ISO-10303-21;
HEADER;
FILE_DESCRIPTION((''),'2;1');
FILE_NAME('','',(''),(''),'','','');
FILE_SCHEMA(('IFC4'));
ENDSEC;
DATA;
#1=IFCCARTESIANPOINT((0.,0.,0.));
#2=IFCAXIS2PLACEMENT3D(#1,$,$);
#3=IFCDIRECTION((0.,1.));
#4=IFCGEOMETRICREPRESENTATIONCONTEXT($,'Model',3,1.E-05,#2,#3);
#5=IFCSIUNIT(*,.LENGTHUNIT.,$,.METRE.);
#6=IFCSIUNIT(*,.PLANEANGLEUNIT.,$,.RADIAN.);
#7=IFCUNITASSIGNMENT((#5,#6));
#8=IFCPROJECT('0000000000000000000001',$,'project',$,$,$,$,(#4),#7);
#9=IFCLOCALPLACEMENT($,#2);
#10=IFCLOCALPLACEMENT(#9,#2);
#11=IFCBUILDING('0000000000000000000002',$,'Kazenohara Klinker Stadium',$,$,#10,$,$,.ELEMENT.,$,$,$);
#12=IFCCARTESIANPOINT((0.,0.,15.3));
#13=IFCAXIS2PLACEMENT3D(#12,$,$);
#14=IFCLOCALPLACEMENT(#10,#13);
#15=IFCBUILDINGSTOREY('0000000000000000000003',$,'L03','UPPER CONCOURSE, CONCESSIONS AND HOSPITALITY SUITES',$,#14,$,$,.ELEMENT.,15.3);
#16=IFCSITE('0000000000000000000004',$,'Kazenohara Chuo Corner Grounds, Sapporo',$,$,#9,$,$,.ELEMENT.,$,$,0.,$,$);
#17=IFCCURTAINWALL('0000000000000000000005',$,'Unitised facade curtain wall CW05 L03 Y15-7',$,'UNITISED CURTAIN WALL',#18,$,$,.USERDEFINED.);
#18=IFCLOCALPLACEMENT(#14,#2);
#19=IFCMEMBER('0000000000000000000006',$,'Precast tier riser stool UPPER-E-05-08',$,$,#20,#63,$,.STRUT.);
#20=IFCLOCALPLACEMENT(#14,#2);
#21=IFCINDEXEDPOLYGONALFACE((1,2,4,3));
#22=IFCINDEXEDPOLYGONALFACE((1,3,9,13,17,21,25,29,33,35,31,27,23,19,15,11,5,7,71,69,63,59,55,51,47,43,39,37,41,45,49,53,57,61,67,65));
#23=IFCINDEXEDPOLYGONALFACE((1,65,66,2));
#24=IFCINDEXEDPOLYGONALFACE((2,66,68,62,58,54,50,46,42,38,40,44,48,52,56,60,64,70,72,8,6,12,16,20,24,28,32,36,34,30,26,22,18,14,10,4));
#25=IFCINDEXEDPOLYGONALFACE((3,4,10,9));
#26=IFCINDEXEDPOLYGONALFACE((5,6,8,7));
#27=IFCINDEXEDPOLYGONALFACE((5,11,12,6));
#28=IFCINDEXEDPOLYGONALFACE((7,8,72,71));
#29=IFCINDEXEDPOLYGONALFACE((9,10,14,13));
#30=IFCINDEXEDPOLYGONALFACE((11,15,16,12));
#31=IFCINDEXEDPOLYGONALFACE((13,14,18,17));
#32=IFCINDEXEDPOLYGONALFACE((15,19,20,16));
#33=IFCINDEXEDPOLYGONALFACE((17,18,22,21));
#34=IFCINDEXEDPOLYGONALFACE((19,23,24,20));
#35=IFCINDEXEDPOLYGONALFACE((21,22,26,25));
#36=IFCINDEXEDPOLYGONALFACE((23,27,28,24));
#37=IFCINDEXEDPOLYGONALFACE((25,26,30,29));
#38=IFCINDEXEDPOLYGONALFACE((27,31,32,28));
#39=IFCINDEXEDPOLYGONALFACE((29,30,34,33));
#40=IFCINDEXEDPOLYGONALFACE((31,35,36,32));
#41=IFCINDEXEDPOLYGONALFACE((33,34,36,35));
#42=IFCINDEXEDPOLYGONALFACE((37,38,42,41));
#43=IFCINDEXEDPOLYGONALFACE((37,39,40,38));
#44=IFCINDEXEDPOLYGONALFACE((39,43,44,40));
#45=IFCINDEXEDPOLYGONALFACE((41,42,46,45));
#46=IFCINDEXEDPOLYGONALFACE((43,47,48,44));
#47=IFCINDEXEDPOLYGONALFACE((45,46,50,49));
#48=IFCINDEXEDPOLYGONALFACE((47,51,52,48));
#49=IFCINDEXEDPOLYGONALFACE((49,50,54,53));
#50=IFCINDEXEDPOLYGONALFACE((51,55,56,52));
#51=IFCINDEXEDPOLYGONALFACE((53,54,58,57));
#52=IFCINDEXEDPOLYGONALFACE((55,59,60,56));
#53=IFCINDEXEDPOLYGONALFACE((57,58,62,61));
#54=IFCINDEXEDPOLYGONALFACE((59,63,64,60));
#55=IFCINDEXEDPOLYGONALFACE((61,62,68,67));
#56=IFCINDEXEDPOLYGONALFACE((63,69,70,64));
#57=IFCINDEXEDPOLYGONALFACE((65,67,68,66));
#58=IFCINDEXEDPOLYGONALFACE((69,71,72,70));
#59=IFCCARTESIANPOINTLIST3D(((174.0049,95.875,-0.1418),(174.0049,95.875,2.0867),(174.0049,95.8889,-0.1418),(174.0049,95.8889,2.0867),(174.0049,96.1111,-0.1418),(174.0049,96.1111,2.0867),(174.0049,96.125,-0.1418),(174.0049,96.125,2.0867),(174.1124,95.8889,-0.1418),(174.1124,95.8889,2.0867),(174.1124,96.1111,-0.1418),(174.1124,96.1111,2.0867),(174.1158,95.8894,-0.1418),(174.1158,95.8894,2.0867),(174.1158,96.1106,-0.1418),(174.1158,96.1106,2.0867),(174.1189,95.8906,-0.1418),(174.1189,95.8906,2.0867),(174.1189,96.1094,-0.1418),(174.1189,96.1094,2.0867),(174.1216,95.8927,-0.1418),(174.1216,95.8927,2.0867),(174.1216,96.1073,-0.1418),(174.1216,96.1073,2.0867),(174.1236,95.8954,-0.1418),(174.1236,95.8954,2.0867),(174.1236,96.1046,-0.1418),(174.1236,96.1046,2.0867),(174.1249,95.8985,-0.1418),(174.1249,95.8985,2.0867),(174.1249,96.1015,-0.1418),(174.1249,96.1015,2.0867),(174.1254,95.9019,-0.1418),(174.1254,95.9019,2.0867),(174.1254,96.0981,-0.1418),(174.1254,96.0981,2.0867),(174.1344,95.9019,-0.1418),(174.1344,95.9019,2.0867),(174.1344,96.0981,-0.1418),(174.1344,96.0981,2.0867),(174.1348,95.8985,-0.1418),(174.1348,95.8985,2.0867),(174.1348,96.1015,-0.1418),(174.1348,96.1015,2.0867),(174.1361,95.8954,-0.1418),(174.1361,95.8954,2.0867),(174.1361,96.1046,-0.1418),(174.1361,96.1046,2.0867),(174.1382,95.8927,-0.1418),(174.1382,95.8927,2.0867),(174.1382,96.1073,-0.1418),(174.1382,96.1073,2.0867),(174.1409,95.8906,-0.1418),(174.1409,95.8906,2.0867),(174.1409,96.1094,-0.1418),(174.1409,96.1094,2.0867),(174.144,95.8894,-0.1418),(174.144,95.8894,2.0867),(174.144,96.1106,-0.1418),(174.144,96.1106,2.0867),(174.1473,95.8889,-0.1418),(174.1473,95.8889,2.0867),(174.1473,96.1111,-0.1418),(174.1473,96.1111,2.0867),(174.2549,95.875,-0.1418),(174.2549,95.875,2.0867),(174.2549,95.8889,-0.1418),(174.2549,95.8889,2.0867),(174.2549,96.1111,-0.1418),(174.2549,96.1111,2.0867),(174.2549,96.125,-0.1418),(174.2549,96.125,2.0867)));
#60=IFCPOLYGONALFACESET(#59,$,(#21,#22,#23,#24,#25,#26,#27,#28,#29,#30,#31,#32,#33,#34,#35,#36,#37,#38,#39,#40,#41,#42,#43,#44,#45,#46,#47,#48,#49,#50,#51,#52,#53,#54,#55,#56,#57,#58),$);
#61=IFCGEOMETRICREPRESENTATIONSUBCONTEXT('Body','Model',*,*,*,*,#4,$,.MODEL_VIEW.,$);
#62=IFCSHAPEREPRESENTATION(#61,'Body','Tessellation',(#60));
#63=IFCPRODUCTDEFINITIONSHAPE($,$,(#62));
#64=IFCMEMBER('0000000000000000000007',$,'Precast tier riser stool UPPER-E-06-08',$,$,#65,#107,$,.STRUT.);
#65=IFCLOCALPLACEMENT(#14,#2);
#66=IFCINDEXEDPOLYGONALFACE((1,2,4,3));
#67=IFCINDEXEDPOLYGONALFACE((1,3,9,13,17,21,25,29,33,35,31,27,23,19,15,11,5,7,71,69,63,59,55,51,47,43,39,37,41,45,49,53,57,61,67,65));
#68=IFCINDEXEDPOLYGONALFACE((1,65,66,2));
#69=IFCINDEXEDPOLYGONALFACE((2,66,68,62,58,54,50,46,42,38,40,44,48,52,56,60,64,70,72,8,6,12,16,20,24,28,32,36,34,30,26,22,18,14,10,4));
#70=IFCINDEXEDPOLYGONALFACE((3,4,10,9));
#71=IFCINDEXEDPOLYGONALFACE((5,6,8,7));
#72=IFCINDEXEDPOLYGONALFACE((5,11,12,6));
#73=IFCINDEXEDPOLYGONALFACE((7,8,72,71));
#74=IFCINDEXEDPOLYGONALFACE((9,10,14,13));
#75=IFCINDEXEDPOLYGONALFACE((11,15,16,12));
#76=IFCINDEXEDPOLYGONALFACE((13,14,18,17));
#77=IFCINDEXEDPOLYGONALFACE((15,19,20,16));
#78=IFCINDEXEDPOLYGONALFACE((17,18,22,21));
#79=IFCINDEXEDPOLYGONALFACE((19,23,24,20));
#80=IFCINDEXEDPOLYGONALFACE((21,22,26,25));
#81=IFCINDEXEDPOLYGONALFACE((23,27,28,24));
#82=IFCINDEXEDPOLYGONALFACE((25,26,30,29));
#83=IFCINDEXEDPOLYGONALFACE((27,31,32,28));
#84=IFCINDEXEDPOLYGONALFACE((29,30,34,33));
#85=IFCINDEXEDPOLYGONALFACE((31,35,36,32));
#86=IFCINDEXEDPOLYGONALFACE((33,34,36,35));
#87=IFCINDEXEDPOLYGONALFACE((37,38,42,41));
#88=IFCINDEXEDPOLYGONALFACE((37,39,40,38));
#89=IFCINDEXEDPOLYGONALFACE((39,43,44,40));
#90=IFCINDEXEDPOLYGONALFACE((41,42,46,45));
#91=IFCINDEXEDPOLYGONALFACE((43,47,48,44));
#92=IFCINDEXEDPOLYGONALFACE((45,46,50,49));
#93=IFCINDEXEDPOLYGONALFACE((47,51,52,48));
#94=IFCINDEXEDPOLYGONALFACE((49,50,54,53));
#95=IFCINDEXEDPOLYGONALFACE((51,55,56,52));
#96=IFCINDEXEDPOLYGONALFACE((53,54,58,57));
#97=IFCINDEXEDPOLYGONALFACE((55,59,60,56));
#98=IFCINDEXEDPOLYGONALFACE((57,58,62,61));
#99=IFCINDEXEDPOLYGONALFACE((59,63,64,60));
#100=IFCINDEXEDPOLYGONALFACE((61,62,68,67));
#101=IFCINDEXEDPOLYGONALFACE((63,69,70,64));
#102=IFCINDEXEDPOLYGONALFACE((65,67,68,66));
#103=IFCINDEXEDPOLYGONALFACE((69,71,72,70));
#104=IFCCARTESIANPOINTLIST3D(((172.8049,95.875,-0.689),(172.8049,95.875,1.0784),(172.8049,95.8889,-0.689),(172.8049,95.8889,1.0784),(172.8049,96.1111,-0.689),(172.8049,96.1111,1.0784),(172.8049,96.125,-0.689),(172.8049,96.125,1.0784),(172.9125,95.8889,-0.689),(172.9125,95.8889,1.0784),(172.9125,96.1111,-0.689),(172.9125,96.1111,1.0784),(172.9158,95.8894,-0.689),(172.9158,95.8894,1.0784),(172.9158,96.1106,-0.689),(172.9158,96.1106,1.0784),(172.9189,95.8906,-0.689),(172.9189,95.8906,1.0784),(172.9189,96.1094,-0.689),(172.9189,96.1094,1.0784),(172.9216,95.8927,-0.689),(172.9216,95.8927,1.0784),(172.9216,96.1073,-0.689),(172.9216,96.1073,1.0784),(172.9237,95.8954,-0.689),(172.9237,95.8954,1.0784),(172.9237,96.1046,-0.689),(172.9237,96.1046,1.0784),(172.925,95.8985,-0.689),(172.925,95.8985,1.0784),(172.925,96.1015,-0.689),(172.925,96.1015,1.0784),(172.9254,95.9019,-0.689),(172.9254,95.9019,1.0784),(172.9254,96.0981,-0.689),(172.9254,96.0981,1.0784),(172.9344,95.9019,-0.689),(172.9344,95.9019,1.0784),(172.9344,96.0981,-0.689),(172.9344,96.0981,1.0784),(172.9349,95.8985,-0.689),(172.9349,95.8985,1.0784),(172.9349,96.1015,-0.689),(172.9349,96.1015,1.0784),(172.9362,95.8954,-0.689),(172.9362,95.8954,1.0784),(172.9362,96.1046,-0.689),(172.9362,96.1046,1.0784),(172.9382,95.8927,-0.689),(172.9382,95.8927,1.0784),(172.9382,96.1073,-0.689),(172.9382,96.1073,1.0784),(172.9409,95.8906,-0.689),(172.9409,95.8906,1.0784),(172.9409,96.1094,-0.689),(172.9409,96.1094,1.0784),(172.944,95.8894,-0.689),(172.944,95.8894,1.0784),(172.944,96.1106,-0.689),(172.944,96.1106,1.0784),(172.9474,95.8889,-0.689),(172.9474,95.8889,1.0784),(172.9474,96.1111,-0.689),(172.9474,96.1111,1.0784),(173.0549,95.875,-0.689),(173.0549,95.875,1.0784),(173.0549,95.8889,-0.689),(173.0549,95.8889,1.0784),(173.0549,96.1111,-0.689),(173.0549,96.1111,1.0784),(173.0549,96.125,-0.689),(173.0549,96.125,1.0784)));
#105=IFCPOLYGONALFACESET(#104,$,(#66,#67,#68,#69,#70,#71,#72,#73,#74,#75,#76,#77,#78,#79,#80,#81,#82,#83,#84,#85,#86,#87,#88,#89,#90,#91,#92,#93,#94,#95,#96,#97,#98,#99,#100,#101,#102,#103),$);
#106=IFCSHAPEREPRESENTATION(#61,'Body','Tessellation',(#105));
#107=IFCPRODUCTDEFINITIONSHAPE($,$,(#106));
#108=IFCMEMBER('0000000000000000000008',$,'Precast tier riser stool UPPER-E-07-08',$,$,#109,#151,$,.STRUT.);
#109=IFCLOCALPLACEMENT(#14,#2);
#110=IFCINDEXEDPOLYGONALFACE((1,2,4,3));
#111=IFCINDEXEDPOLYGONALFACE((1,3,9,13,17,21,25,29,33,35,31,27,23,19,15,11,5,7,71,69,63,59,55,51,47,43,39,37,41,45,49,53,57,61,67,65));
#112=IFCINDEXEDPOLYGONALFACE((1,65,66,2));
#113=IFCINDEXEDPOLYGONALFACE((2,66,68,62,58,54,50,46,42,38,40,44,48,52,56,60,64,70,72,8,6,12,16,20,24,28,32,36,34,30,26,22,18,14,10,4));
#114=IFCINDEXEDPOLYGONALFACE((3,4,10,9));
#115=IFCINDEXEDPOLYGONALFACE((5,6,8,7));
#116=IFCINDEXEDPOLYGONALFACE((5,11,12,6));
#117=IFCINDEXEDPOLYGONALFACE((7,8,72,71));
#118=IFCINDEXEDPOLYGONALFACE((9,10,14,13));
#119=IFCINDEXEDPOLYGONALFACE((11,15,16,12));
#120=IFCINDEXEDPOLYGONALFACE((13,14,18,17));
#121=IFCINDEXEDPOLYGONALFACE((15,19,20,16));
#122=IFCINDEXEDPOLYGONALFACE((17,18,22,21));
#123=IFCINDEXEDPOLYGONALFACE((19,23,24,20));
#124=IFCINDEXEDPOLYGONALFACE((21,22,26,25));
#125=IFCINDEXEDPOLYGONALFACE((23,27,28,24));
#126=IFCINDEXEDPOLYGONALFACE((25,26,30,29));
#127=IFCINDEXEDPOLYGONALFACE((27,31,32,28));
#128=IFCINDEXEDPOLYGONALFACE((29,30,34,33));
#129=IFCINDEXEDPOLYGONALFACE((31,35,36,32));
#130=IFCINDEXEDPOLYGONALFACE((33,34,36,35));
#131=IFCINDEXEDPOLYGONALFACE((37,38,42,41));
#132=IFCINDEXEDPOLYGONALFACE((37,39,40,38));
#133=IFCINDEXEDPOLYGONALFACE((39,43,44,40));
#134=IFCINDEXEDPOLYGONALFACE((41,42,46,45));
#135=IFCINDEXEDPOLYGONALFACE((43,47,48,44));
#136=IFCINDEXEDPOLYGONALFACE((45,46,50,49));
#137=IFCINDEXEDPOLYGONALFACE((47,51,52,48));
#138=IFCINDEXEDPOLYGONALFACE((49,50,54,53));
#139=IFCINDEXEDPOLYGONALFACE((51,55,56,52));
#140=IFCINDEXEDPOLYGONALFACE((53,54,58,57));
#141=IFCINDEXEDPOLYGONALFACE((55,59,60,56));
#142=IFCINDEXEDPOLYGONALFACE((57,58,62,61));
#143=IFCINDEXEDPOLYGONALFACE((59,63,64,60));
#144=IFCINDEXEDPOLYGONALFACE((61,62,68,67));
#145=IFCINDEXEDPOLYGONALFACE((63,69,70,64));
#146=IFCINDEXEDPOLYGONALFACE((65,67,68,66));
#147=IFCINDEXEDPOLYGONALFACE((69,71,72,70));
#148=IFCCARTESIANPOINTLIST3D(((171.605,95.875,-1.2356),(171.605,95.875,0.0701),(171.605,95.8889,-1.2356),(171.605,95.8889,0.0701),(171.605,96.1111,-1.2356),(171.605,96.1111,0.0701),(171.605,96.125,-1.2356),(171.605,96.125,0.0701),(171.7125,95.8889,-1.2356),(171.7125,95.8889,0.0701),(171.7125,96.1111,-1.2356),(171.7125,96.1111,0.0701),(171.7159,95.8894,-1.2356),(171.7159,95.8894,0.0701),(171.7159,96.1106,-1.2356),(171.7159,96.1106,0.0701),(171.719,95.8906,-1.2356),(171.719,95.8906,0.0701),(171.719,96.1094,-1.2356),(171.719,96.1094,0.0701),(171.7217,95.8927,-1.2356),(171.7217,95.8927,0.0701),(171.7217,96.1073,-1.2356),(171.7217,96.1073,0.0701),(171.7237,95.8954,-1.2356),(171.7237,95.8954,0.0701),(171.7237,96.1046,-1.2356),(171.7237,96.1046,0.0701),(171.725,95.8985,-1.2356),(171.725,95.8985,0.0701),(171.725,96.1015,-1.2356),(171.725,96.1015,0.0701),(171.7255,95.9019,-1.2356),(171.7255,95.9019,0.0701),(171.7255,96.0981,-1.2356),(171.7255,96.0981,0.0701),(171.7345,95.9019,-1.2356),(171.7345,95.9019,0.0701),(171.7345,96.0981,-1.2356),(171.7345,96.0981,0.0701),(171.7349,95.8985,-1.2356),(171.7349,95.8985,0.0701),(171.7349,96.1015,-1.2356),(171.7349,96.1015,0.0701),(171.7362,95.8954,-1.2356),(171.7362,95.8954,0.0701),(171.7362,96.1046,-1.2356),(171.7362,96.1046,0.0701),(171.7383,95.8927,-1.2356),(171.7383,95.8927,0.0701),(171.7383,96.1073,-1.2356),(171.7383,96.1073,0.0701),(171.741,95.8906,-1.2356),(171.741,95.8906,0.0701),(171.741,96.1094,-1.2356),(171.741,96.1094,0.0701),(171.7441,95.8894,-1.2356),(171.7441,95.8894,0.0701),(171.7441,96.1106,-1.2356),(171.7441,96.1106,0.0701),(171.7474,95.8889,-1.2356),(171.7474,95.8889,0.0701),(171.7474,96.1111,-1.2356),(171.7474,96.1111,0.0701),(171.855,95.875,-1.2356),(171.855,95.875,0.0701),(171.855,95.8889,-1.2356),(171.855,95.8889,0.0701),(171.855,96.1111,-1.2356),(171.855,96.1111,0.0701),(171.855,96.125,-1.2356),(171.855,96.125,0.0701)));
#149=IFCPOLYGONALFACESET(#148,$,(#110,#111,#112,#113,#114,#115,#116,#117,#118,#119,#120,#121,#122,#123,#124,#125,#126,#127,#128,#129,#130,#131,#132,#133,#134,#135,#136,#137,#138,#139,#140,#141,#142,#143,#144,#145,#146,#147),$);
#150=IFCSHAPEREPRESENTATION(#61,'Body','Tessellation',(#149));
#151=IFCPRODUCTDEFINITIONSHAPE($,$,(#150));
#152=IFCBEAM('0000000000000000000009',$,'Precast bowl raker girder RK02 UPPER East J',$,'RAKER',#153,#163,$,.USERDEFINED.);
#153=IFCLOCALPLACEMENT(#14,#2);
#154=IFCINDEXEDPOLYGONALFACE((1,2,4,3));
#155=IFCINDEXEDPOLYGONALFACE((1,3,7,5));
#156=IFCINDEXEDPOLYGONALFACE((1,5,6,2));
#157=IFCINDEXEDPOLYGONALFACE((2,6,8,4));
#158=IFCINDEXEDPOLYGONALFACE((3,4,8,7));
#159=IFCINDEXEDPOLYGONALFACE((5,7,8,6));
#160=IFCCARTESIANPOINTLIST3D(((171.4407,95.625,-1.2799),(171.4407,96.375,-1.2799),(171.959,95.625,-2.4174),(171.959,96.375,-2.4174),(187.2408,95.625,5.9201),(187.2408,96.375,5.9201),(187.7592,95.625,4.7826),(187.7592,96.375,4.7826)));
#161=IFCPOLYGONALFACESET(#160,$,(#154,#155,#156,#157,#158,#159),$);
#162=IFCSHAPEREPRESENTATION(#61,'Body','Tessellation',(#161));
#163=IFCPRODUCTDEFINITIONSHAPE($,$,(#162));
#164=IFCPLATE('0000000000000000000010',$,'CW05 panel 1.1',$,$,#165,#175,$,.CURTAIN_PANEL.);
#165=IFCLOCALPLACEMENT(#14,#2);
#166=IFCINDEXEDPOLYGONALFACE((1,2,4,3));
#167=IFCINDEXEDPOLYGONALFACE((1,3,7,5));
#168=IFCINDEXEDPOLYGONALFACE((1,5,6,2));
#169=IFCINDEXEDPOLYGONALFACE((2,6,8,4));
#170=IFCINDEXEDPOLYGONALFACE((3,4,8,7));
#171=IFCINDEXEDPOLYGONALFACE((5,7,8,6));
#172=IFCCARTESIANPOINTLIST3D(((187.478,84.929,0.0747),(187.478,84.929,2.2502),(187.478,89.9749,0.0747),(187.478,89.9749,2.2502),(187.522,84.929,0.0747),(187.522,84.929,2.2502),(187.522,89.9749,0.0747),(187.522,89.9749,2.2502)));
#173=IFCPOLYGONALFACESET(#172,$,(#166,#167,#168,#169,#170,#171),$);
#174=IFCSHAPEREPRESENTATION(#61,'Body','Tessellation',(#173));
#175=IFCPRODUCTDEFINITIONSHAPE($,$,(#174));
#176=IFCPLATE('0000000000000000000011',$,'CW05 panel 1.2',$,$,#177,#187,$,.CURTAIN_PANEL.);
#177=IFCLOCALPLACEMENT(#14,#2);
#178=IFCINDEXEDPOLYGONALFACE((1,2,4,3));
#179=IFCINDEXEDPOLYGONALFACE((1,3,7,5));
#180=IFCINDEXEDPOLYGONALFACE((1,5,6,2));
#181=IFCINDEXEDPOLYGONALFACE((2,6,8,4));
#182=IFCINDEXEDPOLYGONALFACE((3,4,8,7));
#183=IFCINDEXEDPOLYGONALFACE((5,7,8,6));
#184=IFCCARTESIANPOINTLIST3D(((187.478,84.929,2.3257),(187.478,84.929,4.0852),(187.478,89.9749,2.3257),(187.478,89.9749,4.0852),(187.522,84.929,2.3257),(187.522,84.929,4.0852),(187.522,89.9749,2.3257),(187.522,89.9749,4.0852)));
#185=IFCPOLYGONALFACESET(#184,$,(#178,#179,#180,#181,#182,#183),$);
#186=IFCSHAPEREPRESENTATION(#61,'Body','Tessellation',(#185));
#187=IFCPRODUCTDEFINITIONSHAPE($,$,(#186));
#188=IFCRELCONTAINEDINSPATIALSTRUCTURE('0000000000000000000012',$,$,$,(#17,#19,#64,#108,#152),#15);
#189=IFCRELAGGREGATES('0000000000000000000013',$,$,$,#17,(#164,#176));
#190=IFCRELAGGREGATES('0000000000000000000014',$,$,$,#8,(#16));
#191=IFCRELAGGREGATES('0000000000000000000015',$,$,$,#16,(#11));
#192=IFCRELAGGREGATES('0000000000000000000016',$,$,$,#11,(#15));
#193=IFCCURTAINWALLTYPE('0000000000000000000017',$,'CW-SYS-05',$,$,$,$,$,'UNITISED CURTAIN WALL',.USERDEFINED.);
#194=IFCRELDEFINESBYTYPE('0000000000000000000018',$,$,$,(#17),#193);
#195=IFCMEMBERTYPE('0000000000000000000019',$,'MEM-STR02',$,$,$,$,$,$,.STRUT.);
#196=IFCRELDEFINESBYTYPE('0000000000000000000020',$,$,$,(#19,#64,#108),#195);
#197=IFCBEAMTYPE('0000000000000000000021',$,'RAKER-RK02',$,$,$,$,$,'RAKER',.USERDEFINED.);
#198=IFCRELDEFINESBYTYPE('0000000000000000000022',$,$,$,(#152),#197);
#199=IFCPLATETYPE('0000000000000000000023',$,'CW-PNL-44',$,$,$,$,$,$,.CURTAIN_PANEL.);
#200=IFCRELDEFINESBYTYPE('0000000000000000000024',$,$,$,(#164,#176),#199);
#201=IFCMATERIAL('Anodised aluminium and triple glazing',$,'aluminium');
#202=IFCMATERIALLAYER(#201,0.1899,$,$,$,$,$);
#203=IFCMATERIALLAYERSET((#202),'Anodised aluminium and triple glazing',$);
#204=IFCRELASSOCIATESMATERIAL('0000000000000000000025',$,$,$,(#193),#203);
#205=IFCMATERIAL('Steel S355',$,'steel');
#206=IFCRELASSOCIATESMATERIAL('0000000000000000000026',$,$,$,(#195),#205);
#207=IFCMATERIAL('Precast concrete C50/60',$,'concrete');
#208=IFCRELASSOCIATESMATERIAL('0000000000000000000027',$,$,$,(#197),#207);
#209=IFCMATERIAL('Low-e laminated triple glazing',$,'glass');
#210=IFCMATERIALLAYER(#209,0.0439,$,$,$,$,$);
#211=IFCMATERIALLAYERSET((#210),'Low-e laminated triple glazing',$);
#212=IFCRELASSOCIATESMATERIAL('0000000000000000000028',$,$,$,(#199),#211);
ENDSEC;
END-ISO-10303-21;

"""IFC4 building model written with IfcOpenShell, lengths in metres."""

from ifc_helpers import new_model, si_unit, direction, frame, origin, origin_2d, place, context, subcontext, project, spatial, rectangle, i_section, extrude, material, layer, layer_set, material_profile, profile_set, type_object, element, aggregate, save


model = new_model("IFC4")

# Units and contexts
model_context = context("Model", 3, precision=1e-05, world=origin(), true_north=direction((0.0, 1.0)))
body_context = subcontext(model_context, "Body", "Model", "MODEL_VIEW")
ifc_project = project(units=[si_unit("LENGTHUNIT", "METRE"), si_unit("PLANEANGLEUNIT", "RADIAN")], contexts=[model_context])

# Site, building, storey
site_placement = place(None, origin())
site = spatial("IfcSite", under=ifc_project, at=site_placement, Name="Kazenohara Chuo Corner Grounds, Sapporo", CompositionType="ELEMENT", RefElevation=0.0)
building_placement = place(site_placement, origin())
building = spatial("IfcBuilding", under=site, at=building_placement, Name="Kazenohara Klinker Stadium", CompositionType="ELEMENT")
storey_placement = place(building_placement, frame((0.0, 0.0, 15.3)))
storey = spatial("IfcBuildingStorey", under=building, at=storey_placement, Name="L03", Description="UPPER CONCOURSE, CONCESSIONS AND HOSPITALITY SUITES", CompositionType="ELEMENT", Elevation=15.3)

# Shared definitions
ifc_material_1 = material(Name="Steel S355", Category="steel")

# Curtain wall
ifc_material_2 = material(Name="Anodised aluminium and triple glazing", Category="aluminium")
ifc_layer_1 = layer(ifc_material_2, 0.1899)
ifc_layer_set_1 = layer_set([ifc_layer_1], Name="Anodised aluminium and triple glazing")
curtain_wall_type = type_object("IfcCurtainWallType", Name="CW-SYS-05", ElementType="UNITISED CURTAIN WALL", PredefinedType="USERDEFINED", material=ifc_layer_set_1)
curtain_wall_placement = place(storey_placement, origin())
curtain_wall = element("IfcCurtainWall", 1, at=curtain_wall_placement, inside=storey, type_object=curtain_wall_type, Name="Unitised facade curtain wall CW05 L03 Y15-7", ObjectType="UNITISED CURTAIN WALL", PredefinedType="USERDEFINED")

# Members
ifc_material_profile_1 = material_profile(ifc_material_1, i_section(OverallWidth=0.25, OverallDepth=0.25, WebThickness=0.009, FlangeThickness=0.0139, FilletRadius=0.0129, at=origin_2d()), Name="H-250x250x9x14")
ifc_profile_set_1 = profile_set([ifc_material_profile_1], Name="Steel S355")
member_type_1 = type_object("IfcMemberType", Name="MEM-STR02", PredefinedType="STRUT", material=ifc_profile_set_1)
member_1_placement = place(storey_placement, frame((174.1299, 96.0, -0.1418), z_axis=(0.0, 0.0, 1.0), x_axis=(1.0, 0.0, 0.0)))
element("IfcMember", 2, at=member_1_placement, inside=storey, type_object=member_type_1, Name="Precast tier riser stool UPPER-E-05-08", PredefinedType="STRUT", context=body_context, shape_type="SweptSolid", body=[
    extrude(i_section(OverallWidth=0.25, OverallDepth=0.25, WebThickness=0.009, FlangeThickness=0.0139, FilletRadius=0.0129, at=origin_2d()), origin(), (0.0, 0.0, 1.0), 2.2285),
])
member_2_placement = place(storey_placement, frame((172.9299, 96.0, -0.689), z_axis=(0.0, 0.0, 1.0), x_axis=(1.0, 0.0, 0.0)))
element("IfcMember", 3, at=member_2_placement, inside=storey, type_object=member_type_1, Name="Precast tier riser stool UPPER-E-06-08", PredefinedType="STRUT", context=body_context, shape_type="SweptSolid", body=[
    extrude(i_section(OverallWidth=0.25, OverallDepth=0.25, WebThickness=0.009, FlangeThickness=0.0139, FilletRadius=0.0129, at=origin_2d()), origin(), (0.0, 0.0, 1.0), 1.7673),
])
member_3_placement = place(storey_placement, frame((171.73, 96.0, -1.2356), z_axis=(0.0, 0.0, 1.0), x_axis=(1.0, 0.0, 0.0)))
element("IfcMember", 4, at=member_3_placement, inside=storey, type_object=member_type_1, Name="Precast tier riser stool UPPER-E-07-08", PredefinedType="STRUT", context=body_context, shape_type="SweptSolid", body=[
    extrude(i_section(OverallWidth=0.25, OverallDepth=0.25, WebThickness=0.009, FlangeThickness=0.0139, FilletRadius=0.0129, at=origin_2d()), origin(), (0.0, 0.0, 1.0), 1.3057),
])

# Beam
ifc_material_3 = material(Name="Precast concrete C50/60", Category="concrete")
ifc_material_profile_2 = material_profile(ifc_material_3, rectangle(XDim=0.75, YDim=1.25, at=origin_2d()), Name="PC-RAKER-750x1250")
ifc_profile_set_2 = profile_set([ifc_material_profile_2], Name="Precast concrete C50/60")
beam_type_1 = type_object("IfcBeamType", Name="RAKER-RK02", ElementType="RAKER", PredefinedType="USERDEFINED", material=ifc_profile_set_2)
beam_1_placement = place(storey_placement, frame((187.5, 96.0, 5.3513), z_axis=(-0.909973, 0.0, -0.414667), x_axis=(0.0, -1.0, 0.0)))
element("IfcBeam", 5, at=beam_1_placement, inside=storey, type_object=beam_type_1, Name="Precast bowl raker girder RK02 UPPER East J", ObjectType="RAKER", PredefinedType="USERDEFINED", context=body_context, shape_type="SweptSolid", body=[
    extrude(rectangle(XDim=0.75, YDim=1.25, at=origin_2d()), origin(), (0.0, 0.0, 1.0), 17.3633),
])

# Plates
ifc_material_4 = material(Name="Low-e laminated triple glazing", Category="glass")
ifc_layer_2 = layer(ifc_material_4, 0.0439)
ifc_layer_set_2 = layer_set([ifc_layer_2], Name="Low-e laminated triple glazing")
plate_type_1 = type_object("IfcPlateType", Name="CW-PNL-44", PredefinedType="CURTAIN_PANEL", material=ifc_layer_set_2)
plate_1_placement = place(storey_placement, frame((187.5, 87.4519, 0.0747), z_axis=(0.0, 0.0, 1.0), x_axis=(0.0, 1.0, 0.0)))
plate_1 = element("IfcPlate", 6, at=plate_1_placement, type_object=plate_type_1, Name="CW05 panel 1.1", PredefinedType="CURTAIN_PANEL", context=body_context, shape_type="SweptSolid", body=[
    extrude(rectangle(XDim=5.0459, YDim=0.0439, at=origin_2d()), origin(), (0.0, 0.0, 1.0), 2.1755),
])
plate_2_placement = place(storey_placement, frame((187.5, 87.4519, 2.3257), z_axis=(0.0, 0.0, 1.0), x_axis=(0.0, 1.0, 0.0)))
plate_2 = element("IfcPlate", 7, at=plate_2_placement, type_object=plate_type_1, Name="CW05 panel 1.2", PredefinedType="CURTAIN_PANEL", context=body_context, shape_type="SweptSolid", body=[
    extrude(rectangle(XDim=5.0459, YDim=0.0439, at=origin_2d()), origin(), (0.0, 0.0, 1.0), 1.7595),
])
aggregate(curtain_wall, [plate_1, plate_2])

save(model, "model.ifc")
